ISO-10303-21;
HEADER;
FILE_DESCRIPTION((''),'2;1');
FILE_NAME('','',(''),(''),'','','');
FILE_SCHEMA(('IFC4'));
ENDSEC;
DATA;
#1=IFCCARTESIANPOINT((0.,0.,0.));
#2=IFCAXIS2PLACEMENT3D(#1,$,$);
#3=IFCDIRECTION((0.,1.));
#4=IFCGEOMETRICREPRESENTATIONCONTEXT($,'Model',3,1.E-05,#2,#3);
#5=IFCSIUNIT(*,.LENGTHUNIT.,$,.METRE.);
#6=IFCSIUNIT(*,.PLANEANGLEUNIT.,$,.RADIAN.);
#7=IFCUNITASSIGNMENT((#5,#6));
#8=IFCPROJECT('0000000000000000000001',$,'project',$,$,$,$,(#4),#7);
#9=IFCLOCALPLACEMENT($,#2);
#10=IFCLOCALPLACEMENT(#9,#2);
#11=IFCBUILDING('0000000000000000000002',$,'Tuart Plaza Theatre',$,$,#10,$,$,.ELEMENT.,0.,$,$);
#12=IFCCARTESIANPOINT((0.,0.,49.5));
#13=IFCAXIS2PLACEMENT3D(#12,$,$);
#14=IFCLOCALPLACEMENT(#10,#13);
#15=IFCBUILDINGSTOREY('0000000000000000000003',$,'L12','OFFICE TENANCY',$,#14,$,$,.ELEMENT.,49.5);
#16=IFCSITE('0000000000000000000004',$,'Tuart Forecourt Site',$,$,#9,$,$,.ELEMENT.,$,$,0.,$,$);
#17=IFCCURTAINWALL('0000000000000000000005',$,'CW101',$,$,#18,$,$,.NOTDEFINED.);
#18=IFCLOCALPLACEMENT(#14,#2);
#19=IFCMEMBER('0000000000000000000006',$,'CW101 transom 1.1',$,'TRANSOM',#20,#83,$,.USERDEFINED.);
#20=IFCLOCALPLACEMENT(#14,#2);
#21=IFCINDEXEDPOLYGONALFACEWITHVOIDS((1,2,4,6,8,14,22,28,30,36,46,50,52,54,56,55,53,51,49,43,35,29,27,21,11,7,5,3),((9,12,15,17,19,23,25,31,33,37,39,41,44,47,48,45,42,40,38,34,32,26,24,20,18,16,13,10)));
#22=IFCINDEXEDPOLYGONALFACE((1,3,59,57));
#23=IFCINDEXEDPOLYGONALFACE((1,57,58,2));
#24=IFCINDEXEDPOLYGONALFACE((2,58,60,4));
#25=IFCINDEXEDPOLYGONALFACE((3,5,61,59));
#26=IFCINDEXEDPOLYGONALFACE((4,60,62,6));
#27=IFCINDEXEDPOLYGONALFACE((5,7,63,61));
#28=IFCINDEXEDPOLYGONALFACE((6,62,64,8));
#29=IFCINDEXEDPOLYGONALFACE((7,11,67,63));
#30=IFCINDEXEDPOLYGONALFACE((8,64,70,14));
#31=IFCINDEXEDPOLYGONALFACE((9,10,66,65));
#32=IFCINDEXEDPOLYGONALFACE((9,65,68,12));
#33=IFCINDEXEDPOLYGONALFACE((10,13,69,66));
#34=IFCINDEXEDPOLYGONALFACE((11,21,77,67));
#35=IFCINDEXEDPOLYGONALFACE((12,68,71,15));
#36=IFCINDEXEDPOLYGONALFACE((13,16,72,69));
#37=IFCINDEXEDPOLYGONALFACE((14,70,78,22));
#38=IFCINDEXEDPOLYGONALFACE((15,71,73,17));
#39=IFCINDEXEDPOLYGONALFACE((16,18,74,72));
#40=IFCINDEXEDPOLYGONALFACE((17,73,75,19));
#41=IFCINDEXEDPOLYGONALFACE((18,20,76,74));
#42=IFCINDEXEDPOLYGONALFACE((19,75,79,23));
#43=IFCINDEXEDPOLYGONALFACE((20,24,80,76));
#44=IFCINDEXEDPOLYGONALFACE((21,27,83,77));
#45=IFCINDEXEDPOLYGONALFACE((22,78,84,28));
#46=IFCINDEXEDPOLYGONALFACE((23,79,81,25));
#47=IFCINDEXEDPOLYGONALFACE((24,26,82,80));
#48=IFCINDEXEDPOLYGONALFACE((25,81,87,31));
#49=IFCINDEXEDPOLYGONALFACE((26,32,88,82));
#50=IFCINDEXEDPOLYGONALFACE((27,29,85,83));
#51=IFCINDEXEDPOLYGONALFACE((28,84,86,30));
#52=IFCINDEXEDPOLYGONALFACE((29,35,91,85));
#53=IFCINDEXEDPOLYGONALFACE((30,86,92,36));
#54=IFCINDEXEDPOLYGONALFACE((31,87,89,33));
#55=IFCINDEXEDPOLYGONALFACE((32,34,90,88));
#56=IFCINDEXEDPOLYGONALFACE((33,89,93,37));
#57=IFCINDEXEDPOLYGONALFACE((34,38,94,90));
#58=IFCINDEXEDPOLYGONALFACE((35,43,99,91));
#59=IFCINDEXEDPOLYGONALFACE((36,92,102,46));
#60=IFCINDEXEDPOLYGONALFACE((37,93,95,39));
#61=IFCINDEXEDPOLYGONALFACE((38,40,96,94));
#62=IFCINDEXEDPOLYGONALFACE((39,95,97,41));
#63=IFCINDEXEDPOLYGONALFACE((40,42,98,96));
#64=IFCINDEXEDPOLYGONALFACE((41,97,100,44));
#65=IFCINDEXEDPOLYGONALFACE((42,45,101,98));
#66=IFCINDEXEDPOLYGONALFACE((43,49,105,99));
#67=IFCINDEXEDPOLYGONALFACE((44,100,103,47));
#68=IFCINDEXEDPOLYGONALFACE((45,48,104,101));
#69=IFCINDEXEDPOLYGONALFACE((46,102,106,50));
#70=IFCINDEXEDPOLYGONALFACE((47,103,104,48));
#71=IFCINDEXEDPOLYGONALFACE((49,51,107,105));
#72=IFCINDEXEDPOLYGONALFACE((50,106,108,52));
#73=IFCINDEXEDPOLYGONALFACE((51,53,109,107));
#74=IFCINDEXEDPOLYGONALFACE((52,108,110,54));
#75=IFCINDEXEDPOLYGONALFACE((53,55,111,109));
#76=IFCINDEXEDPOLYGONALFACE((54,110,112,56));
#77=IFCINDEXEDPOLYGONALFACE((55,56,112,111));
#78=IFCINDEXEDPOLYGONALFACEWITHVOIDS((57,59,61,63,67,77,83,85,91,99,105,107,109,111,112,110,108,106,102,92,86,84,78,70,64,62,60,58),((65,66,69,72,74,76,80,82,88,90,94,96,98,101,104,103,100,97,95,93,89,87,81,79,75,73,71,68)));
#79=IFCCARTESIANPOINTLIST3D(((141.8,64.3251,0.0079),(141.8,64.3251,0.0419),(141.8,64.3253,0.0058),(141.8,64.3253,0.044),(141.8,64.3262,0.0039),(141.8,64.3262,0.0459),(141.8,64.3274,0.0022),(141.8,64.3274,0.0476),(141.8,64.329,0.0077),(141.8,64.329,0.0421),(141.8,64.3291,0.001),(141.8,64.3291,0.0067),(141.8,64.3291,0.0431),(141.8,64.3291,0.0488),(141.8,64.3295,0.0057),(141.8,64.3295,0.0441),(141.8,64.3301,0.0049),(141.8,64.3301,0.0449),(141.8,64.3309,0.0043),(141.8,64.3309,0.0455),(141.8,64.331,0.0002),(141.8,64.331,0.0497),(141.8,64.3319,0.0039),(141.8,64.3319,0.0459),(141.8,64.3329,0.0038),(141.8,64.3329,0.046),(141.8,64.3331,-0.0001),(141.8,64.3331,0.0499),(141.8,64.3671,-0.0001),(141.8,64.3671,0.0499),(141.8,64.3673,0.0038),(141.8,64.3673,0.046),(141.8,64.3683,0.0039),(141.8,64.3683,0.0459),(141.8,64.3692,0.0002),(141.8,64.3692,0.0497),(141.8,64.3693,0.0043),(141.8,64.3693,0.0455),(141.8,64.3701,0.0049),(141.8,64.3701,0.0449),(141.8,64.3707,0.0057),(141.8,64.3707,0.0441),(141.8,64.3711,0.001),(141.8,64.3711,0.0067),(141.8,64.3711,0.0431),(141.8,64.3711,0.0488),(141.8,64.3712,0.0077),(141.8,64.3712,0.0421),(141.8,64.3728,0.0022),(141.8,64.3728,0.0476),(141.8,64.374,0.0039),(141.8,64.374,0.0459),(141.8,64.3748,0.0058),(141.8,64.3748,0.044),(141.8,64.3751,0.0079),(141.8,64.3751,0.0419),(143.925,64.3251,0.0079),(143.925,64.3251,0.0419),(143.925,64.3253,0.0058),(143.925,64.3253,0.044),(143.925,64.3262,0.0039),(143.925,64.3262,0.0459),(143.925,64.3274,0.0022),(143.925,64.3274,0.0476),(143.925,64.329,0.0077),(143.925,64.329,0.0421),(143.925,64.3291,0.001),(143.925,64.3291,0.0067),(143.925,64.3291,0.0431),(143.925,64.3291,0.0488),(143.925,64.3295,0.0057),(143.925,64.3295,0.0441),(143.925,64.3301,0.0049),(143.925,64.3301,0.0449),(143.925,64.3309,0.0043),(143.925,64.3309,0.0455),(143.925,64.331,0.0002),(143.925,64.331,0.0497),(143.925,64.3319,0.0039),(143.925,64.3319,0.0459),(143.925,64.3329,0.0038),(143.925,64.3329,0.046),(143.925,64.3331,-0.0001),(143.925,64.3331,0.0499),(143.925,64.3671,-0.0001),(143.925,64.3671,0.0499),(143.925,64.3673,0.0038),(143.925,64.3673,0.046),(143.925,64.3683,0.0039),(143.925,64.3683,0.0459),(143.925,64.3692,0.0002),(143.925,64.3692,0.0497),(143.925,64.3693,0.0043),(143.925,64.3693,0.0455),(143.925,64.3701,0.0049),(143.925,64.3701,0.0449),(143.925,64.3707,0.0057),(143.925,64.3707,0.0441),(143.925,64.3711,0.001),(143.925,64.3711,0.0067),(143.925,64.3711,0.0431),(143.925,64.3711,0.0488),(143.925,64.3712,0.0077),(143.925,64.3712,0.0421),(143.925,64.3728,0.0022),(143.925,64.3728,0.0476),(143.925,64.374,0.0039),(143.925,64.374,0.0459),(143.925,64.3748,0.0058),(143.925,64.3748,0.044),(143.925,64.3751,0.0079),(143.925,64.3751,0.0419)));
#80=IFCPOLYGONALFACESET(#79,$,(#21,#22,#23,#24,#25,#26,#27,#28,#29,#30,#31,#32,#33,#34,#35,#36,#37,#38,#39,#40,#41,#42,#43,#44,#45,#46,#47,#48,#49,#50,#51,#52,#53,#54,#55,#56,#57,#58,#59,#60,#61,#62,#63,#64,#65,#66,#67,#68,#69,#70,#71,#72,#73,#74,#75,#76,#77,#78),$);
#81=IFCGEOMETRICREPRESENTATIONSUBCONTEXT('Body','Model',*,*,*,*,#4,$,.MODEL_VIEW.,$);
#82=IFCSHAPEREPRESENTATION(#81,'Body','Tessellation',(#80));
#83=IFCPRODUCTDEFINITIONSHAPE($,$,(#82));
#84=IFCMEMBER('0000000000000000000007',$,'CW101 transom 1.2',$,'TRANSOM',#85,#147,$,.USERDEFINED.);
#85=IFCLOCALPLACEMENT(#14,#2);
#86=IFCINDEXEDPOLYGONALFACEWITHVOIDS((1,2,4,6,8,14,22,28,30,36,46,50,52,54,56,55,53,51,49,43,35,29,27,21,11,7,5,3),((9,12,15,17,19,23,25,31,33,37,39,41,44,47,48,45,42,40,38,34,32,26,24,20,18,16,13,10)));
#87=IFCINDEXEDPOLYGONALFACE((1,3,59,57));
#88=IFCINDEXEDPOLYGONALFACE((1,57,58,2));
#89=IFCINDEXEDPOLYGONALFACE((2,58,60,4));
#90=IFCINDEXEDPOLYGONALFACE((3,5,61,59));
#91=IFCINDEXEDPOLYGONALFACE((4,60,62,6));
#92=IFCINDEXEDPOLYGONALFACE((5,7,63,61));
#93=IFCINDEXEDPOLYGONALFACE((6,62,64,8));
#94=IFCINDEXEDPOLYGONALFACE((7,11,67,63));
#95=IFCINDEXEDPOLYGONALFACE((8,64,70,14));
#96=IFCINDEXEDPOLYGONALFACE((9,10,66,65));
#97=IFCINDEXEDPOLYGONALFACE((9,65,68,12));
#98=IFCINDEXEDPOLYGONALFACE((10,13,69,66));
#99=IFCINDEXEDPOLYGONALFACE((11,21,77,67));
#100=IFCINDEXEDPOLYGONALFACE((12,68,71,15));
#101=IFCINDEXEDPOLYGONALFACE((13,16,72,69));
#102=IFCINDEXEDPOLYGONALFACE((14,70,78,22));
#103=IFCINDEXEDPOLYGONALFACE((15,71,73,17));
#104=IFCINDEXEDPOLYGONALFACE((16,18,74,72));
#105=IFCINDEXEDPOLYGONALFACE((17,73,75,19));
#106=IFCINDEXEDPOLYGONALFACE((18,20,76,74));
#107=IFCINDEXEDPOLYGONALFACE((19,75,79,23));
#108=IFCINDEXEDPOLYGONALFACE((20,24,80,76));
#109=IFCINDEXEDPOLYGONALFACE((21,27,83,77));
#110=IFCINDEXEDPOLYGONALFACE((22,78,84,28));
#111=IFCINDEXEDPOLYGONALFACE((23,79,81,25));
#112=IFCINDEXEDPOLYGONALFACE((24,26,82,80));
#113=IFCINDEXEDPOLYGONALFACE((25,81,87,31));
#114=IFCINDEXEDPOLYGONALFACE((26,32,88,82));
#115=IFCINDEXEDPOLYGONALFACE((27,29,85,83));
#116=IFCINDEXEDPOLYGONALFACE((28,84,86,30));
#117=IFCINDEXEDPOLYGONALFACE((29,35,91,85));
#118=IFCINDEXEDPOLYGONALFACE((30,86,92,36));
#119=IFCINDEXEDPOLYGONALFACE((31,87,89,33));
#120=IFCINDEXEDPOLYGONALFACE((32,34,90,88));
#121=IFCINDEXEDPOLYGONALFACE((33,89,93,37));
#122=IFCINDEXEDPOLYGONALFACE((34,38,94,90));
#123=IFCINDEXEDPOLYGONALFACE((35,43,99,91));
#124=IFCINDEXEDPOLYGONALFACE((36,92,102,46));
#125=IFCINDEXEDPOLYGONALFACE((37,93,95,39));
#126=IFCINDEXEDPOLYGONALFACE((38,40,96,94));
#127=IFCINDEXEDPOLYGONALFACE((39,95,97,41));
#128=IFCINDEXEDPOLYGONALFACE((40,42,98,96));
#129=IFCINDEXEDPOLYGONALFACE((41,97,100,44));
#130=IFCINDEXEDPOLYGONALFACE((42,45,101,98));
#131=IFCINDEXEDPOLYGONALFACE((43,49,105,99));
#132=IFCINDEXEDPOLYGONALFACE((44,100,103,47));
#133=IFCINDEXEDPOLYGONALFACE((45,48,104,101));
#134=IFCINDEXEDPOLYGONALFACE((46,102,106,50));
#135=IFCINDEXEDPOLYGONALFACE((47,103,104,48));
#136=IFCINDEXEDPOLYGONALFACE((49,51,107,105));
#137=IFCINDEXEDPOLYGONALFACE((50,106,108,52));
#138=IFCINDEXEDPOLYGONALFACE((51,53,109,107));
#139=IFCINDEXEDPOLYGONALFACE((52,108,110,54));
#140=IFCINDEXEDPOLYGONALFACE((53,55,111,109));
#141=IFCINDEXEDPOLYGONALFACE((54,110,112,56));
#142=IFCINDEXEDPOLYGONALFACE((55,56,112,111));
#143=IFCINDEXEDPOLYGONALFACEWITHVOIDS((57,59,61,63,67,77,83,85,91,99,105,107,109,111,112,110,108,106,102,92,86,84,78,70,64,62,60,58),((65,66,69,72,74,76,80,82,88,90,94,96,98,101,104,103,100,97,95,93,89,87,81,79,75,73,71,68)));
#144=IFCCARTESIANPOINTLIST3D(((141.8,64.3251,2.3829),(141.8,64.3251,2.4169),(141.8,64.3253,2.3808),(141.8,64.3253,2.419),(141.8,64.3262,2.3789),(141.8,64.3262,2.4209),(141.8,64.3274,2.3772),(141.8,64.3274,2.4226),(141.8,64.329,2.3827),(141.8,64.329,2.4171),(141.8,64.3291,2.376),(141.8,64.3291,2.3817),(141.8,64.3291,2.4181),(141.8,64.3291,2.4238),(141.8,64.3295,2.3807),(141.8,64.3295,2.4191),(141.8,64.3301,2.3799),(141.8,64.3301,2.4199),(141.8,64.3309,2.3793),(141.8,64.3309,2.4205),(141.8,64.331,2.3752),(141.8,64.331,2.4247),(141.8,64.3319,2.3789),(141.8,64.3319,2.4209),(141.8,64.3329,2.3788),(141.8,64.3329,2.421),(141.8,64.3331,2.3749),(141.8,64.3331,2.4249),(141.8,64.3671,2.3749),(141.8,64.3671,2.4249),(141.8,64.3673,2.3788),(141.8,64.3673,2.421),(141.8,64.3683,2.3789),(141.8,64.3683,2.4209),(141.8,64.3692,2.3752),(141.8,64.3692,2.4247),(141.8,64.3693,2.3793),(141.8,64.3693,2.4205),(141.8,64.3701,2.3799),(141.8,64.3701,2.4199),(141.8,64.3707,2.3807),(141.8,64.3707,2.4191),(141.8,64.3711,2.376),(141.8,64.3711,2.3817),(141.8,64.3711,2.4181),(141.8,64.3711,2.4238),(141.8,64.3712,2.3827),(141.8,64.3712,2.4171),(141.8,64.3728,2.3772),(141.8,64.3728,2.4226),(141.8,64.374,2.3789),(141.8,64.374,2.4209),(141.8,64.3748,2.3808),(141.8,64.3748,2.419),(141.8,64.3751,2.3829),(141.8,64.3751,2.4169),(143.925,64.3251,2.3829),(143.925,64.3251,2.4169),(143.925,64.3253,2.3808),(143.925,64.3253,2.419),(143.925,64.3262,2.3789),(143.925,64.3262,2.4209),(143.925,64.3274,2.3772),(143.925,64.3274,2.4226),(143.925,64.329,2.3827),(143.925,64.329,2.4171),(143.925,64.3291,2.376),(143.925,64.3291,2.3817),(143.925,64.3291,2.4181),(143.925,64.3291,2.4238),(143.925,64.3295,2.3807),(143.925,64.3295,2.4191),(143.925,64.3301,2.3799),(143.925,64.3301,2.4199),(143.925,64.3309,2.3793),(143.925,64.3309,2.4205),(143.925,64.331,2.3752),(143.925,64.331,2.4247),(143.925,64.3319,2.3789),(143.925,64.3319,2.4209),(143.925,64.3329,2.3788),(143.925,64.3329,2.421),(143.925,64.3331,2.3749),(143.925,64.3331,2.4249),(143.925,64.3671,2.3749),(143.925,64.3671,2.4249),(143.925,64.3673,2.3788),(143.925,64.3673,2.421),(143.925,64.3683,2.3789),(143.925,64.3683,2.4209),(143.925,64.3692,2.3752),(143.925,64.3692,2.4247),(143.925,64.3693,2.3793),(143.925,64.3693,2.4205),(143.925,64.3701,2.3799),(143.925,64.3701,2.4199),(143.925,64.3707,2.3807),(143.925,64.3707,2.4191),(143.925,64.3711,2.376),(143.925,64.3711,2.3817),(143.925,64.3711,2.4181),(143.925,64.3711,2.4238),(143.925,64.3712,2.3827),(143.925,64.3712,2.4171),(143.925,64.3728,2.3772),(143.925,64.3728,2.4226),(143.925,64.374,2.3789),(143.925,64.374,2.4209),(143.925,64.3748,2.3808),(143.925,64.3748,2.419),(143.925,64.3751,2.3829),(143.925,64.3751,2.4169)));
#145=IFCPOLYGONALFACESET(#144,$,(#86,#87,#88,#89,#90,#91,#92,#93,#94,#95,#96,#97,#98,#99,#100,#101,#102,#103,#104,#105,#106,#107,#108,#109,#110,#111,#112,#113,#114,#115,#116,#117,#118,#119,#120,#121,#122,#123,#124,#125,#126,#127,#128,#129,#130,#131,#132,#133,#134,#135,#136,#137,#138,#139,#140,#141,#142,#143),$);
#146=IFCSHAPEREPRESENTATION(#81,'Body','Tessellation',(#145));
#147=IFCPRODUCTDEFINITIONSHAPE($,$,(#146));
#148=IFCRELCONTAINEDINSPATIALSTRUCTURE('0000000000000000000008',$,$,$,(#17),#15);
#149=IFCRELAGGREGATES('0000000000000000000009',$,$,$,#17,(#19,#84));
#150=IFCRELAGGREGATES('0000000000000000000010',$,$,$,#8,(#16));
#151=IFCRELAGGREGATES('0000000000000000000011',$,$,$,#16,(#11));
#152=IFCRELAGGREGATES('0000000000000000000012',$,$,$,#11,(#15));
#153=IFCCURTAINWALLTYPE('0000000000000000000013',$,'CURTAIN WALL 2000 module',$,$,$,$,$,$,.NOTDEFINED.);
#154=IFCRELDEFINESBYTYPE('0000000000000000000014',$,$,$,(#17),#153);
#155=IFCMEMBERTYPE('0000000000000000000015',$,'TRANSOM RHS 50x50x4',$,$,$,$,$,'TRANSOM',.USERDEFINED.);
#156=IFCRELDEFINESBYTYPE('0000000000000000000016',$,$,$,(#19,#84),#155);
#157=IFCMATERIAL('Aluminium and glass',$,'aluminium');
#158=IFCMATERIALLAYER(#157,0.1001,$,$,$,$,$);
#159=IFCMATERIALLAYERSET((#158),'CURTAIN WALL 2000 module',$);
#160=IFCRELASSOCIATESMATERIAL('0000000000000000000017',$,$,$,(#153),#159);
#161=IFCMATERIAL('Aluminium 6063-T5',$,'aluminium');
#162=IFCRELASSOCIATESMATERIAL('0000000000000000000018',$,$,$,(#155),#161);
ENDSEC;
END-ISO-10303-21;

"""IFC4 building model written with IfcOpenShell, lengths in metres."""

from ifc_helpers import new_model, si_unit, direction, frame, origin, origin_2d, place, context, subcontext, project, spatial, hollow_rectangle, extrude, material, layer, layer_set, material_profile, profile_set, type_object, element, aggregate, save


model = new_model("IFC4")

# Units and contexts
model_context = context("Model", 3, precision=1e-05, world=origin(), true_north=direction((0.0, 1.0)))
body_context = subcontext(model_context, "Body", "Model", "MODEL_VIEW")
ifc_project = project(units=[si_unit("LENGTHUNIT", "METRE"), si_unit("PLANEANGLEUNIT", "RADIAN")], contexts=[model_context])

# Site, building, storey
site_placement = place(None, origin())
site = spatial("IfcSite", under=ifc_project, at=site_placement, Name="Tuart Forecourt Site", CompositionType="ELEMENT", RefElevation=0.0)
building_placement = place(site_placement, origin())
building = spatial("IfcBuilding", under=site, at=building_placement, Name="Tuart Plaza Theatre", CompositionType="ELEMENT", ElevationOfRefHeight=0.0)
storey_placement = place(building_placement, frame((0.0, 0.0, 49.5)))
storey = spatial("IfcBuildingStorey", under=building, at=storey_placement, Name="L12", Description="OFFICE TENANCY", CompositionType="ELEMENT", Elevation=49.5)

# Curtain wall
ifc_material_1 = material(Name="Aluminium and glass", Category="aluminium")
ifc_layer_1 = layer(ifc_material_1, 0.1001)
ifc_layer_set_1 = layer_set([ifc_layer_1], Name="CURTAIN WALL 2000 module")
curtain_wall_type = type_object("IfcCurtainWallType", Name="CURTAIN WALL 2000 module", PredefinedType="NOTDEFINED", material=ifc_layer_set_1)
curtain_wall_1_placement = place(storey_placement, origin())
curtain_wall_1 = element("IfcCurtainWall", 1, at=curtain_wall_1_placement, inside=storey, type_object=curtain_wall_type, Name="CW101", PredefinedType="NOTDEFINED")

# Members
ifc_material_2 = material(Name="Aluminium 6063-T5", Category="aluminium")
ifc_material_profile_1 = material_profile(ifc_material_2, hollow_rectangle(XDim=0.05, YDim=0.05, WallThickness=0.0039, InnerFilletRadius=0.0039, OuterFilletRadius=0.0081, at=origin_2d()), Name="RHS 50x50x4")
ifc_profile_set_1 = profile_set([ifc_material_profile_1], Name="Aluminium 6063-T5")
member_type_1 = type_object("IfcMemberType", Name="TRANSOM RHS 50x50x4", ElementType="TRANSOM", PredefinedType="USERDEFINED", material=ifc_profile_set_1)
member_1_placement = place(storey_placement, frame((141.8, 64.3501, 0.0249), z_axis=(1.0, 0.0, 0.0), x_axis=(0.0, 1.0, 0.0)))
member_1 = element("IfcMember", 2, at=member_1_placement, type_object=member_type_1, Name="CW101 transom 1.1", ObjectType="TRANSOM", PredefinedType="USERDEFINED", context=body_context, shape_type="SweptSolid", body=[
    extrude(hollow_rectangle(XDim=0.05, YDim=0.05, WallThickness=0.0039, InnerFilletRadius=0.0039, OuterFilletRadius=0.0081, at=origin_2d()), origin(), (0.0, 0.0, 1.0), 2.125),
])
member_2_placement = place(storey_placement, frame((141.8, 64.3501, 2.3999), z_axis=(1.0, 0.0, 0.0), x_axis=(0.0, 1.0, 0.0)))
member_2 = element("IfcMember", 3, at=member_2_placement, type_object=member_type_1, Name="CW101 transom 1.2", ObjectType="TRANSOM", PredefinedType="USERDEFINED", context=body_context, shape_type="SweptSolid", body=[
    extrude(hollow_rectangle(XDim=0.05, YDim=0.05, WallThickness=0.0039, InnerFilletRadius=0.0039, OuterFilletRadius=0.0081, at=origin_2d()), origin(), (0.0, 0.0, 1.0), 2.125),
])

aggregate(curtain_wall_1, [member_1, member_2])

save(model, "model.ifc")
